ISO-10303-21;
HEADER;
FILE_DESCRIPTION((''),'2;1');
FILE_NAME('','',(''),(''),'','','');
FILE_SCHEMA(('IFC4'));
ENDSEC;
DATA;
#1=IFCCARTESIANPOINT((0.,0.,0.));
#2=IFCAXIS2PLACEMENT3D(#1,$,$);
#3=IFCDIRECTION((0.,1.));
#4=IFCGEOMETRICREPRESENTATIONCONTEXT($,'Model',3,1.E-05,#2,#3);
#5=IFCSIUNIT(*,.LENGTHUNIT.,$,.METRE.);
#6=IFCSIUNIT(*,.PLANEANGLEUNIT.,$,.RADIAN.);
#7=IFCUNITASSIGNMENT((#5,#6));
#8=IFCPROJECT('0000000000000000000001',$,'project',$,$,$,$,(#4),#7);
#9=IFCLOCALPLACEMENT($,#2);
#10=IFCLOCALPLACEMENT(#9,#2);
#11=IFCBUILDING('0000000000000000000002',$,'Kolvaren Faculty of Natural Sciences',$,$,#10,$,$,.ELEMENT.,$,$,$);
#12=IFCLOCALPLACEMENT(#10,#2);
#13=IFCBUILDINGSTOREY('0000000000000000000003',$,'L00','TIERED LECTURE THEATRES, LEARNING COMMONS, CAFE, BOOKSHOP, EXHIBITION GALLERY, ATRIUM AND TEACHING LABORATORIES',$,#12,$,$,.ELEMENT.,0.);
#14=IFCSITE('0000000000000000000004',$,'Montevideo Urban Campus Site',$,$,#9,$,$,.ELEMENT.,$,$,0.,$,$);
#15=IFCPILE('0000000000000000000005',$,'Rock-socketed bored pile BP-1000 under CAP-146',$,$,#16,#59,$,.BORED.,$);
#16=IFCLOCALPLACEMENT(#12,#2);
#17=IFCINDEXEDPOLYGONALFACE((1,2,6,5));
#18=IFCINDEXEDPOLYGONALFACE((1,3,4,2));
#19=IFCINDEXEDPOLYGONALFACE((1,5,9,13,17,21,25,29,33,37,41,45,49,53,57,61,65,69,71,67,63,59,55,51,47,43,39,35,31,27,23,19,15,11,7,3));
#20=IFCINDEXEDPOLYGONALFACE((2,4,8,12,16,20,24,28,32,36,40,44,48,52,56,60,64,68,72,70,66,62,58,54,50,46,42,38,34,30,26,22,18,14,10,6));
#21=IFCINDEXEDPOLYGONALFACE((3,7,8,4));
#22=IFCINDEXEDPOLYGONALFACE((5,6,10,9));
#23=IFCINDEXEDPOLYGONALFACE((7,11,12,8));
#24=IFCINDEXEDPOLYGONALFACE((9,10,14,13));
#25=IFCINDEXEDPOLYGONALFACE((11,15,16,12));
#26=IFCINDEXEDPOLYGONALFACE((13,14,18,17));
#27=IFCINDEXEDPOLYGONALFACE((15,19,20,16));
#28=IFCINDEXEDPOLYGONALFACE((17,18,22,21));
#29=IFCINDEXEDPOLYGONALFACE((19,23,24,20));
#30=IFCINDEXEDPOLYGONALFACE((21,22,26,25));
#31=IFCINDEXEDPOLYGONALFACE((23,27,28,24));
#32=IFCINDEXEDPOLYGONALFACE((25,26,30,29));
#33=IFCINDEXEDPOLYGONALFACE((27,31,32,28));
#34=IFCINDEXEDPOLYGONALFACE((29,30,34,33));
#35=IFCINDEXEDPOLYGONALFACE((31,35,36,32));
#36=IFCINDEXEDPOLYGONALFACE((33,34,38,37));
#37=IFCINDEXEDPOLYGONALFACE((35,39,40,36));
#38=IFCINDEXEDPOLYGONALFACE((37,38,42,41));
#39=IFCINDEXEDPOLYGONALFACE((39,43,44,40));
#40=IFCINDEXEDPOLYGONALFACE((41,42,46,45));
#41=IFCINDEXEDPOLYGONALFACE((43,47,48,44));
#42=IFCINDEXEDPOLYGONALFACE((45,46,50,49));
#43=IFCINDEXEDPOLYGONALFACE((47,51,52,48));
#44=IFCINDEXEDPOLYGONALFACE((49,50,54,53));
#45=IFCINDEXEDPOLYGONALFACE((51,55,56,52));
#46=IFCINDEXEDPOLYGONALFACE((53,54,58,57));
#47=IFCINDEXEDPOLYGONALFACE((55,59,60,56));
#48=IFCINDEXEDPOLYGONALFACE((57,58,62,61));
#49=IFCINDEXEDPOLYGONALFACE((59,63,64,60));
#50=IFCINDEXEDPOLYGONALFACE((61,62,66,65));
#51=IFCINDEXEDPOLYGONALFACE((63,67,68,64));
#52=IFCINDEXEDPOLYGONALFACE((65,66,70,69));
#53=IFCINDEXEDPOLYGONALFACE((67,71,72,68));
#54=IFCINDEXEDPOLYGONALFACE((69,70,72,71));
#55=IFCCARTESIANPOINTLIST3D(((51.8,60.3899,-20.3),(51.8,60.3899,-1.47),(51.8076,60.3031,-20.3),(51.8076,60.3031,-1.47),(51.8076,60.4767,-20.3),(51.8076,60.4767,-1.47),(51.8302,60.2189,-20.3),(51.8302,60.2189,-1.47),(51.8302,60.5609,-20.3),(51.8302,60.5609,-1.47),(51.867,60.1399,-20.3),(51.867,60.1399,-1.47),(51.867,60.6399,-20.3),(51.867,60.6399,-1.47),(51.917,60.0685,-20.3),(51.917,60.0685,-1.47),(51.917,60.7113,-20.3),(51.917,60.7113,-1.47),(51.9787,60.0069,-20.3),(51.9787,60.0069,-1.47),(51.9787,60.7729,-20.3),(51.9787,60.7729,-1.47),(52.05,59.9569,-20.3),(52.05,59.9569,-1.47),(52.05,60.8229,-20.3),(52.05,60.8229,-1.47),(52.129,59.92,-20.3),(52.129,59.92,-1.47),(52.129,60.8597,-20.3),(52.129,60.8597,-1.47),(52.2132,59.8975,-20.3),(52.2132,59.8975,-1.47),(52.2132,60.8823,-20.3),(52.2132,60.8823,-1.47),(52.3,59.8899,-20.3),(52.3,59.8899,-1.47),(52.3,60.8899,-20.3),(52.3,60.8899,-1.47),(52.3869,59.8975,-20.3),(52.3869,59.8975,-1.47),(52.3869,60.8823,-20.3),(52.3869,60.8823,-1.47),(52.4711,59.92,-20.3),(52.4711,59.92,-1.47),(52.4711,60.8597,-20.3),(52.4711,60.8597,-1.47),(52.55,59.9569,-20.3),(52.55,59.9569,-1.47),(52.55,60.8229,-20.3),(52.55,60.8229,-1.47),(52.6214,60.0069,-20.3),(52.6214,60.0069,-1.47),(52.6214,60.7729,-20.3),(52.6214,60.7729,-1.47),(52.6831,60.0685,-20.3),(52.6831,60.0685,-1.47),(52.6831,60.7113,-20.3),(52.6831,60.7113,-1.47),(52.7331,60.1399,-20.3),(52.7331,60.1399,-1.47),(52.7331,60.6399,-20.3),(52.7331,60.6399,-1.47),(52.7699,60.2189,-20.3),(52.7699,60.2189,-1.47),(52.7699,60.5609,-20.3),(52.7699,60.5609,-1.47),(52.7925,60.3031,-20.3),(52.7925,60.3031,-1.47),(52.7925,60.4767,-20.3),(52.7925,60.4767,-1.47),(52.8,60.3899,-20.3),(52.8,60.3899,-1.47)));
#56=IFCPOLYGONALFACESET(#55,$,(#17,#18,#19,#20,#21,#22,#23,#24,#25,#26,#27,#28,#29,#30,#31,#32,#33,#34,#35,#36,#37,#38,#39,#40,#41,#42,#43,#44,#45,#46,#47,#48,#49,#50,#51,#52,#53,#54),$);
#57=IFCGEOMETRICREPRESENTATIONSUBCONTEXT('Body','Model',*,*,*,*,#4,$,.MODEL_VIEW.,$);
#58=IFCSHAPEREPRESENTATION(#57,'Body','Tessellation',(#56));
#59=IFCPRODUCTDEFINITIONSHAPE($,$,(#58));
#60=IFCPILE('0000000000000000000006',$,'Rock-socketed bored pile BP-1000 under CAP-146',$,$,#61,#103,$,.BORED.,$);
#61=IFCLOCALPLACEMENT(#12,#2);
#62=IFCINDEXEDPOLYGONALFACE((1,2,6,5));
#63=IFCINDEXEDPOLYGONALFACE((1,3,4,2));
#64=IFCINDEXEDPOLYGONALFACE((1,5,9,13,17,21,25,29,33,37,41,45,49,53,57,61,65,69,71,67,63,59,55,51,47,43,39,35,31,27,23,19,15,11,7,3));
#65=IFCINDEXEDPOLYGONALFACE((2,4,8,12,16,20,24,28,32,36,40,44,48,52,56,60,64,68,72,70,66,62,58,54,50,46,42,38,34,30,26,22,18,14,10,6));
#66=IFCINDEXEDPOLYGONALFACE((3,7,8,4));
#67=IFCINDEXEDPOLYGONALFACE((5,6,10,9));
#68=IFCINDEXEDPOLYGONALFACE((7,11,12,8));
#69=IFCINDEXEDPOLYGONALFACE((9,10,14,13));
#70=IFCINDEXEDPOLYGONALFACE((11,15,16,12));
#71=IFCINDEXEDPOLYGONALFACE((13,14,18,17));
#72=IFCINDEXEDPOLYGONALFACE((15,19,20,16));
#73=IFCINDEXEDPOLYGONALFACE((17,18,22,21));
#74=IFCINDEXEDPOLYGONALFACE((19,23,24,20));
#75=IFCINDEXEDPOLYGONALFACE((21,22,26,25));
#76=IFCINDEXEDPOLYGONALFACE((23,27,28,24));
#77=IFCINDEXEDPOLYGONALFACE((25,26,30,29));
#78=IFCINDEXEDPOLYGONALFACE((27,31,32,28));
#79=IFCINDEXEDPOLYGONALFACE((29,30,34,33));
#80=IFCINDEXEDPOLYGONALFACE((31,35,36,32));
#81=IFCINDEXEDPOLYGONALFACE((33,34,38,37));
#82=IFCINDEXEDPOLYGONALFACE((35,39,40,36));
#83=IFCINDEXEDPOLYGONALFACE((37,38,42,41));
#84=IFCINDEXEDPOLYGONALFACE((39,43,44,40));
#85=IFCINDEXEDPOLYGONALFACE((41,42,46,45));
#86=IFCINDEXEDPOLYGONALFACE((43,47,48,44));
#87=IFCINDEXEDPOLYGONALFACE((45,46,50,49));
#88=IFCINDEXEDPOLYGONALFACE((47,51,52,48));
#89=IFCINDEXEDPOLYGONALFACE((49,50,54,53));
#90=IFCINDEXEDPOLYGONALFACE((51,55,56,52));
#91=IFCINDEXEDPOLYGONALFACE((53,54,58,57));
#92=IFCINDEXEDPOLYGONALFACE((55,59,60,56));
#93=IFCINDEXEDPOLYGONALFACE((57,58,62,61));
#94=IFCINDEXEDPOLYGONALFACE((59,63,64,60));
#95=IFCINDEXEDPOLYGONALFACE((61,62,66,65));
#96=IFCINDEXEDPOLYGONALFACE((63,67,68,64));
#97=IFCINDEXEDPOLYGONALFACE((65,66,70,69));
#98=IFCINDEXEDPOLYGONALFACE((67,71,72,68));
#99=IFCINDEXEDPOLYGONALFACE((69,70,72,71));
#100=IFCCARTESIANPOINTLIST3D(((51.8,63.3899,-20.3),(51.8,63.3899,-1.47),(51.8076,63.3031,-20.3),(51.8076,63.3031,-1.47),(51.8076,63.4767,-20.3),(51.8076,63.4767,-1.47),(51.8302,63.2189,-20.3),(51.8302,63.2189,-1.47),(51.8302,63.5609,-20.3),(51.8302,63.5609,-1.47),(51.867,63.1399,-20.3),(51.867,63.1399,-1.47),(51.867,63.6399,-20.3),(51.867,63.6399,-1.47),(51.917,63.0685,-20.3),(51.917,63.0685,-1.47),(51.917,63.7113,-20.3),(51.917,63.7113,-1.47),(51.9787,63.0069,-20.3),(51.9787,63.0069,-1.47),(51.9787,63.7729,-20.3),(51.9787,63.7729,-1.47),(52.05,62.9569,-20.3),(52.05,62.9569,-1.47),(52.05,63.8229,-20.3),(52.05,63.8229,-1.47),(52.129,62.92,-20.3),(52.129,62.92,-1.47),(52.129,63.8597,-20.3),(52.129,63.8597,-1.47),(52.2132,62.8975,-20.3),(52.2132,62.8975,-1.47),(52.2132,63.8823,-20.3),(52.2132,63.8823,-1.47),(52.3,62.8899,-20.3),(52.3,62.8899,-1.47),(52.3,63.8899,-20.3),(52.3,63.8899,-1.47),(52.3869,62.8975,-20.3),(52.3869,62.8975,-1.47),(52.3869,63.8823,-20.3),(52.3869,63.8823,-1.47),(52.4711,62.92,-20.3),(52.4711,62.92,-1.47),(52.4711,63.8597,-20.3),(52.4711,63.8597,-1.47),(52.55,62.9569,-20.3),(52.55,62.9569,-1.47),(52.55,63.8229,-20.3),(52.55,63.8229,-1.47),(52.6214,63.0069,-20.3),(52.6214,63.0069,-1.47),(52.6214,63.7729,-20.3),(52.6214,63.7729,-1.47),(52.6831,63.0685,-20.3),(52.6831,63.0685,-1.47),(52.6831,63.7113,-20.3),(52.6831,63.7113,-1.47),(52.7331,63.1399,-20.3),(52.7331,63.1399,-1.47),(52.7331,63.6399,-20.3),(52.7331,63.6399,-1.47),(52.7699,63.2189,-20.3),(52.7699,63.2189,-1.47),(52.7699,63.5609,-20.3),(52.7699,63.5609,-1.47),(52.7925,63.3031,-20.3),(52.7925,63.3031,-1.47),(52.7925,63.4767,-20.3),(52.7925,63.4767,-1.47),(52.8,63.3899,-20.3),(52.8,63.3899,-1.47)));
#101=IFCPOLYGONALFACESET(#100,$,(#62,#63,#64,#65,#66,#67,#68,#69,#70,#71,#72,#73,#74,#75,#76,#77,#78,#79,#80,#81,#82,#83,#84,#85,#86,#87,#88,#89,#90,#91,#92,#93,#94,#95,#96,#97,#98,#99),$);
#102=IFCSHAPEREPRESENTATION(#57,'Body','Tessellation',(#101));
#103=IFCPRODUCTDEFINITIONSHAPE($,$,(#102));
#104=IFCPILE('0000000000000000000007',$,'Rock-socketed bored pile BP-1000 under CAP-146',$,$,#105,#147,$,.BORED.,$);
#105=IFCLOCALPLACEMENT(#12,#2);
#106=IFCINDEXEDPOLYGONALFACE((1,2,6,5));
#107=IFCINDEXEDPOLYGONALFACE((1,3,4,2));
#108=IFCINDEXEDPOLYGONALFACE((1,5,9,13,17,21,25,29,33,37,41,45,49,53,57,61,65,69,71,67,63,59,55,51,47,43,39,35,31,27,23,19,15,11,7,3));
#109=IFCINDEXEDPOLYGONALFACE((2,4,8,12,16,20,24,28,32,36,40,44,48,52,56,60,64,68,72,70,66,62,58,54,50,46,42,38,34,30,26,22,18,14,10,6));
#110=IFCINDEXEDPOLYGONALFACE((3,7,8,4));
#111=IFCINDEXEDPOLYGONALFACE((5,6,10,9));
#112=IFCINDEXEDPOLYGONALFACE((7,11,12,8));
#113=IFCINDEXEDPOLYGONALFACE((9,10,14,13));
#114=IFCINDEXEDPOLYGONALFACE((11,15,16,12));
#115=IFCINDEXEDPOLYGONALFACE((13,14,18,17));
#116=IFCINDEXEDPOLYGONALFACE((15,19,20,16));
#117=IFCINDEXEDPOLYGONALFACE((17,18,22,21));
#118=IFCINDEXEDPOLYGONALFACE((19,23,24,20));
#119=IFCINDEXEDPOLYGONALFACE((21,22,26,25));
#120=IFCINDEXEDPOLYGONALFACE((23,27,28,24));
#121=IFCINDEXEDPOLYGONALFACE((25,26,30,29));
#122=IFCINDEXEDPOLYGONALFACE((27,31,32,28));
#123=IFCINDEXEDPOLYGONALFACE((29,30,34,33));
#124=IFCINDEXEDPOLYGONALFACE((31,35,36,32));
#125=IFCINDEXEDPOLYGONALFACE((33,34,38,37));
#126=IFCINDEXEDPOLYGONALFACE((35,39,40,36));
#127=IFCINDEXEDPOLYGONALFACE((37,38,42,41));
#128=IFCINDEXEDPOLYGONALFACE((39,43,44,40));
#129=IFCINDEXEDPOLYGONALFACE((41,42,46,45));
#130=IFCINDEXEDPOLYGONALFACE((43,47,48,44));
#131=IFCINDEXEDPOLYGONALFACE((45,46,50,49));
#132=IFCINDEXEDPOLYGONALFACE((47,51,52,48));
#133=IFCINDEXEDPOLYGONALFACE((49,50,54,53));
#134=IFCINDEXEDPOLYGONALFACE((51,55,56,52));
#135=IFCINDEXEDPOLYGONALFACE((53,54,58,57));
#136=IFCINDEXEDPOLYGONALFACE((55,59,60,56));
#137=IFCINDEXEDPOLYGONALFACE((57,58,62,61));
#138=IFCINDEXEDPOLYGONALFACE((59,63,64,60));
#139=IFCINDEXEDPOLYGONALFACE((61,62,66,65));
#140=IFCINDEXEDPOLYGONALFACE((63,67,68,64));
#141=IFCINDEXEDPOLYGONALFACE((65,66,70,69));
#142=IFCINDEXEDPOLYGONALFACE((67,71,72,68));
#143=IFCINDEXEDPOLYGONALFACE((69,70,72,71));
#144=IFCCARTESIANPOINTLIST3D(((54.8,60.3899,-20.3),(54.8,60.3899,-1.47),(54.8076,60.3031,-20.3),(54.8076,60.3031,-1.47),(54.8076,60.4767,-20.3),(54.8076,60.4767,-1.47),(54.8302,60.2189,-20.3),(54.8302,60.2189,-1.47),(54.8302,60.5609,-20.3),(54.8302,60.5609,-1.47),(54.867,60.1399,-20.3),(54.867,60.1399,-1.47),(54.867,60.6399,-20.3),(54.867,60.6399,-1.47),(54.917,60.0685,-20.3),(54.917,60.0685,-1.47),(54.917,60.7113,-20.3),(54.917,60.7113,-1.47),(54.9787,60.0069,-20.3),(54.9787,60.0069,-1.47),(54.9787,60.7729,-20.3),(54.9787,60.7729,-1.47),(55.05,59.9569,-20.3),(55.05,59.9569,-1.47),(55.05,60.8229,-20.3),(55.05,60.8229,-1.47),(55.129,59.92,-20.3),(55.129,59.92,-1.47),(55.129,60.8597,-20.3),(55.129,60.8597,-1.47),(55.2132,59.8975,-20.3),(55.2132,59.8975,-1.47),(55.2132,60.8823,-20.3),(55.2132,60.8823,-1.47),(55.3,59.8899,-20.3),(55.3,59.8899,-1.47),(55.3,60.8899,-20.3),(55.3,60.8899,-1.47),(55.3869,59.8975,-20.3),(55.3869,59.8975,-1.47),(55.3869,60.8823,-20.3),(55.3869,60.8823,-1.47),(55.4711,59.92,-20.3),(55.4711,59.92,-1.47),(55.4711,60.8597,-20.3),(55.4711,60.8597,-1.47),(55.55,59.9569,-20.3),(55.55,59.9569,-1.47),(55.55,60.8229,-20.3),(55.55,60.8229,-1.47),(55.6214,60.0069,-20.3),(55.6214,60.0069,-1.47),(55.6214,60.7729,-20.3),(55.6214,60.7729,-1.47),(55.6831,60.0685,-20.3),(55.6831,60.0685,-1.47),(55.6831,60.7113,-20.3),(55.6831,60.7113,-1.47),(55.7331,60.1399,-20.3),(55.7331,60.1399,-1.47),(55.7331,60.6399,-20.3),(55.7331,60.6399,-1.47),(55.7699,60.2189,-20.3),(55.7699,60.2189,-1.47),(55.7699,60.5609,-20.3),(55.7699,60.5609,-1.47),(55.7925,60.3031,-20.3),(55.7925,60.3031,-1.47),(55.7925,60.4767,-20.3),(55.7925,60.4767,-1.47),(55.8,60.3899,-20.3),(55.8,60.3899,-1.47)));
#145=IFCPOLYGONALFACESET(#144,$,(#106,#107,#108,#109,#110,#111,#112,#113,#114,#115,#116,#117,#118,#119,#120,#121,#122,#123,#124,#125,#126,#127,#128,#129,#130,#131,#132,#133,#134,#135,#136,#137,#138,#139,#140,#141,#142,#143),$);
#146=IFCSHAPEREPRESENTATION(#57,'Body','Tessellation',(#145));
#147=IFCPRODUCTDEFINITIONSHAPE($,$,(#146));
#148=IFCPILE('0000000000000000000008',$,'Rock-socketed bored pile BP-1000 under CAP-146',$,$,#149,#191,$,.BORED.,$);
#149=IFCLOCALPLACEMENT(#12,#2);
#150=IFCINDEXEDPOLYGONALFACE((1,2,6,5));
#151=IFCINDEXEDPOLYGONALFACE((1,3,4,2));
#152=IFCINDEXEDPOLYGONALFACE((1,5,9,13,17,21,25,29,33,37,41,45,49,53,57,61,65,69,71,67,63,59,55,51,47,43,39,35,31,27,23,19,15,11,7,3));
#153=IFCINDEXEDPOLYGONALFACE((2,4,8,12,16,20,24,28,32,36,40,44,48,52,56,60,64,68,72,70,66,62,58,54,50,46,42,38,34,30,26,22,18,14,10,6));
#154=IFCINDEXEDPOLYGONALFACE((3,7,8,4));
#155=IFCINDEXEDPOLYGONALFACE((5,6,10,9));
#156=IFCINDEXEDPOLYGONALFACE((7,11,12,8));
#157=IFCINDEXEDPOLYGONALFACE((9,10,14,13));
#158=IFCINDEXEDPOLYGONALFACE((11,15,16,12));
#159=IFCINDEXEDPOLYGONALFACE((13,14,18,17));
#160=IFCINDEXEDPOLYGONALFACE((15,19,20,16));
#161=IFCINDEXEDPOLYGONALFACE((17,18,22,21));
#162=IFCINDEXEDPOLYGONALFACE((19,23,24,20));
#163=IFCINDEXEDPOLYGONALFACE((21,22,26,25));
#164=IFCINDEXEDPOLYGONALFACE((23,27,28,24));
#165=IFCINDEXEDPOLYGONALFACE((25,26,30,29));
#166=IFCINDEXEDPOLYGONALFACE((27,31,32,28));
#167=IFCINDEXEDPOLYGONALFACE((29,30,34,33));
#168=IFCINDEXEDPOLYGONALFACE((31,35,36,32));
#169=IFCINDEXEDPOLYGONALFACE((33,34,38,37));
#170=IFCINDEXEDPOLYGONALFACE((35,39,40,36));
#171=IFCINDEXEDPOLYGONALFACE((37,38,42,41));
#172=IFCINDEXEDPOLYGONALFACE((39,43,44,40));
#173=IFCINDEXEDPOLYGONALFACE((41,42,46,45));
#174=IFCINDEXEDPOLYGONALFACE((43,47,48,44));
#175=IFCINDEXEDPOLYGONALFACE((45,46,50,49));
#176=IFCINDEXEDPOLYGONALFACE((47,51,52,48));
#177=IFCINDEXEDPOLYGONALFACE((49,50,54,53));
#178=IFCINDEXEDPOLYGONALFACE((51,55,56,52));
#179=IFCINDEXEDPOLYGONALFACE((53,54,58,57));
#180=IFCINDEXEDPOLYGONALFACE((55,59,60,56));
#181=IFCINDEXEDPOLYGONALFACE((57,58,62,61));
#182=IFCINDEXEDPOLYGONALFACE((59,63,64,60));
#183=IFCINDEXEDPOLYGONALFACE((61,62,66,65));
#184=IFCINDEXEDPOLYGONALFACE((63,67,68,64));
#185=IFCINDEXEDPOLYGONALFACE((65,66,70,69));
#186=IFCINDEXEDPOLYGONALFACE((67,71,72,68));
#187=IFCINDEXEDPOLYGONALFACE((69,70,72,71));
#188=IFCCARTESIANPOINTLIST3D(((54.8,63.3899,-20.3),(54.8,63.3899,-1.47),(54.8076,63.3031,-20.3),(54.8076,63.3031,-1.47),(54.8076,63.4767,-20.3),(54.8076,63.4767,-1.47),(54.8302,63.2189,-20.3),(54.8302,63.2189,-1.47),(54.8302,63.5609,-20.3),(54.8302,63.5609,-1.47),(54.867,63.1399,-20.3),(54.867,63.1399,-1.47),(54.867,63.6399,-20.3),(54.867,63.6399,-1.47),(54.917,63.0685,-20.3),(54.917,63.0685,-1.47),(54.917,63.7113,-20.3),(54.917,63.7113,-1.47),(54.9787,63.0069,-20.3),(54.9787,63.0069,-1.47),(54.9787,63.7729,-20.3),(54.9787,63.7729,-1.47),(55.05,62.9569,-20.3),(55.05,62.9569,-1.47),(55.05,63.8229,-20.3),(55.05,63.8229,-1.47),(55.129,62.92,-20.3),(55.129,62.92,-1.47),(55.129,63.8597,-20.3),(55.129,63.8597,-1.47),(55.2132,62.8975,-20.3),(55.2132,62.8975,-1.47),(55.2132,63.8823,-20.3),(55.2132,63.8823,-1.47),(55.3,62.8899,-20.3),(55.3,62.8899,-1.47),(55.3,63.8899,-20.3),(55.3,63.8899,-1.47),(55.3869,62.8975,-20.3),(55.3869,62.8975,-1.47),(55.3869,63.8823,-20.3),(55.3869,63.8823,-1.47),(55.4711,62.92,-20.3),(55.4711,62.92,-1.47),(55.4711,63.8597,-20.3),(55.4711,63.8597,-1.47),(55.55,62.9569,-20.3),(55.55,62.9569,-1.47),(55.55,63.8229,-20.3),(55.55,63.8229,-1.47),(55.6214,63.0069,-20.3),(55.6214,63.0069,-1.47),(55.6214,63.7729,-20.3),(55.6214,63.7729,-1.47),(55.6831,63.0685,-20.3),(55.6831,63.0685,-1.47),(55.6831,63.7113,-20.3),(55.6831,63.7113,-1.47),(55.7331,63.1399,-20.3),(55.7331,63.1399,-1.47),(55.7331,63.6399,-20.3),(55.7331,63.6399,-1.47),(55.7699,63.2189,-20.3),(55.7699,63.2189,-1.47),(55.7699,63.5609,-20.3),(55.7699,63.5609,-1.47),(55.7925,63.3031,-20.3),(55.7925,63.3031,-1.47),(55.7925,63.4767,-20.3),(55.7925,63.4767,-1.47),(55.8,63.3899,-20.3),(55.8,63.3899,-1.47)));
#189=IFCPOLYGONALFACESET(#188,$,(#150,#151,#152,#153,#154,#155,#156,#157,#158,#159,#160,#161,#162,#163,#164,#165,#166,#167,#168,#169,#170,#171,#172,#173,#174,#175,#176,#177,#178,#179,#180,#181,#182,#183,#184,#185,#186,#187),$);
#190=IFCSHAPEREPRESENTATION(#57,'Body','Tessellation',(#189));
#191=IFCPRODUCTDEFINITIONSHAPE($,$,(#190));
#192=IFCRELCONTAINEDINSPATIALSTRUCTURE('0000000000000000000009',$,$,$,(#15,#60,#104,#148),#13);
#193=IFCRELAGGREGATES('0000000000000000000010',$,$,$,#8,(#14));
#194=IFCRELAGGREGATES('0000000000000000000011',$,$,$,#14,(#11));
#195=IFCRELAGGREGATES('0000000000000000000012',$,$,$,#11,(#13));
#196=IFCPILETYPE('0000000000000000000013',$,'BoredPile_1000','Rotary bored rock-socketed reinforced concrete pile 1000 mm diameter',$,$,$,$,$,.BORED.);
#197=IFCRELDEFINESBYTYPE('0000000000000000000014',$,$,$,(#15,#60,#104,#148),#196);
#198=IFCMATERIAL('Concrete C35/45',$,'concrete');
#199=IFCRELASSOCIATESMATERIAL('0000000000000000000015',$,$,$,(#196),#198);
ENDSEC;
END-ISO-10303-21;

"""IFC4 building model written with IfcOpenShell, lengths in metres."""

from ifc_helpers import new_model, si_unit, direction, frame, origin, origin_2d, place, context, subcontext, project, spatial, circle, extrude, material, material_profile, profile_set, type_object, element, save


model = new_model("IFC4")

# Units and contexts
model_context = context("Model", 3, precision=1e-05, world=origin(), true_north=direction((0.0, 1.0)))
body_context = subcontext(model_context, "Body", "Model", "MODEL_VIEW")
ifc_project = project(units=[si_unit("LENGTHUNIT", "METRE"), si_unit("PLANEANGLEUNIT", "RADIAN")], contexts=[model_context])

# Site, building, storey
site_placement = place(None, origin())
site = spatial("IfcSite", under=ifc_project, at=site_placement, Name="Montevideo Urban Campus Site", CompositionType="ELEMENT", RefElevation=0.0)
building_placement = place(site_placement, origin())
building = spatial("IfcBuilding", under=site, at=building_placement, Name="Kolvaren Faculty of Natural Sciences", CompositionType="ELEMENT")
storey_placement = place(building_placement, origin())
storey = spatial("IfcBuildingStorey", under=building, at=storey_placement, Name="L00", Description="TIERED LECTURE THEATRES, LEARNING COMMONS, CAFE, BOOKSHOP, EXHIBITION GALLERY, ATRIUM AND TEACHING LABORATORIES", CompositionType="ELEMENT", Elevation=0.0)

# Piles
ifc_material_1 = material(Name="Concrete C35/45", Category="concrete")
ifc_material_profile_1 = material_profile(ifc_material_1, circle(Radius=0.5, at=origin_2d()), Name="PILE D1000")
ifc_profile_set_1 = profile_set([ifc_material_profile_1], Name="Concrete C35/45")
pile_type_1 = type_object("IfcPileType", Name="BoredPile_1000", Description="Rotary bored rock-socketed reinforced concrete pile 1000 mm diameter", PredefinedType="BORED", material=ifc_profile_set_1)
for number, where, z_axis, x_axis, name in (
    (1, (52.3, 60.3899, -1.47), (0.0, 0.0, -1.0), (1.0, 0.0, 0.0), "Rock-socketed bored pile BP-1000 under CAP-146"),
    (2, (52.3, 63.3899, -1.47), (0.0, 0.0, -1.0), (1.0, 0.0, 0.0), "Rock-socketed bored pile BP-1000 under CAP-146"),
    (3, (55.3, 60.3899, -1.47), (0.0, 0.0, -1.0), (1.0, 0.0, 0.0), "Rock-socketed bored pile BP-1000 under CAP-146"),
    (4, (55.3, 63.3899, -1.47), (0.0, 0.0, -1.0), (1.0, 0.0, 0.0), "Rock-socketed bored pile BP-1000 under CAP-146"),
):
    element("IfcPile", number, at=place(storey_placement, frame(where, z_axis=z_axis, x_axis=x_axis)), inside=storey, type_object=pile_type_1, Name=name, PredefinedType="BORED", context=body_context, shape_type="SweptSolid", body=[
        extrude(circle(Radius=0.5, at=origin_2d()), origin(), (0.0, 0.0, 1.0), 18.8301),
    ])

save(model, "model.ifc")
